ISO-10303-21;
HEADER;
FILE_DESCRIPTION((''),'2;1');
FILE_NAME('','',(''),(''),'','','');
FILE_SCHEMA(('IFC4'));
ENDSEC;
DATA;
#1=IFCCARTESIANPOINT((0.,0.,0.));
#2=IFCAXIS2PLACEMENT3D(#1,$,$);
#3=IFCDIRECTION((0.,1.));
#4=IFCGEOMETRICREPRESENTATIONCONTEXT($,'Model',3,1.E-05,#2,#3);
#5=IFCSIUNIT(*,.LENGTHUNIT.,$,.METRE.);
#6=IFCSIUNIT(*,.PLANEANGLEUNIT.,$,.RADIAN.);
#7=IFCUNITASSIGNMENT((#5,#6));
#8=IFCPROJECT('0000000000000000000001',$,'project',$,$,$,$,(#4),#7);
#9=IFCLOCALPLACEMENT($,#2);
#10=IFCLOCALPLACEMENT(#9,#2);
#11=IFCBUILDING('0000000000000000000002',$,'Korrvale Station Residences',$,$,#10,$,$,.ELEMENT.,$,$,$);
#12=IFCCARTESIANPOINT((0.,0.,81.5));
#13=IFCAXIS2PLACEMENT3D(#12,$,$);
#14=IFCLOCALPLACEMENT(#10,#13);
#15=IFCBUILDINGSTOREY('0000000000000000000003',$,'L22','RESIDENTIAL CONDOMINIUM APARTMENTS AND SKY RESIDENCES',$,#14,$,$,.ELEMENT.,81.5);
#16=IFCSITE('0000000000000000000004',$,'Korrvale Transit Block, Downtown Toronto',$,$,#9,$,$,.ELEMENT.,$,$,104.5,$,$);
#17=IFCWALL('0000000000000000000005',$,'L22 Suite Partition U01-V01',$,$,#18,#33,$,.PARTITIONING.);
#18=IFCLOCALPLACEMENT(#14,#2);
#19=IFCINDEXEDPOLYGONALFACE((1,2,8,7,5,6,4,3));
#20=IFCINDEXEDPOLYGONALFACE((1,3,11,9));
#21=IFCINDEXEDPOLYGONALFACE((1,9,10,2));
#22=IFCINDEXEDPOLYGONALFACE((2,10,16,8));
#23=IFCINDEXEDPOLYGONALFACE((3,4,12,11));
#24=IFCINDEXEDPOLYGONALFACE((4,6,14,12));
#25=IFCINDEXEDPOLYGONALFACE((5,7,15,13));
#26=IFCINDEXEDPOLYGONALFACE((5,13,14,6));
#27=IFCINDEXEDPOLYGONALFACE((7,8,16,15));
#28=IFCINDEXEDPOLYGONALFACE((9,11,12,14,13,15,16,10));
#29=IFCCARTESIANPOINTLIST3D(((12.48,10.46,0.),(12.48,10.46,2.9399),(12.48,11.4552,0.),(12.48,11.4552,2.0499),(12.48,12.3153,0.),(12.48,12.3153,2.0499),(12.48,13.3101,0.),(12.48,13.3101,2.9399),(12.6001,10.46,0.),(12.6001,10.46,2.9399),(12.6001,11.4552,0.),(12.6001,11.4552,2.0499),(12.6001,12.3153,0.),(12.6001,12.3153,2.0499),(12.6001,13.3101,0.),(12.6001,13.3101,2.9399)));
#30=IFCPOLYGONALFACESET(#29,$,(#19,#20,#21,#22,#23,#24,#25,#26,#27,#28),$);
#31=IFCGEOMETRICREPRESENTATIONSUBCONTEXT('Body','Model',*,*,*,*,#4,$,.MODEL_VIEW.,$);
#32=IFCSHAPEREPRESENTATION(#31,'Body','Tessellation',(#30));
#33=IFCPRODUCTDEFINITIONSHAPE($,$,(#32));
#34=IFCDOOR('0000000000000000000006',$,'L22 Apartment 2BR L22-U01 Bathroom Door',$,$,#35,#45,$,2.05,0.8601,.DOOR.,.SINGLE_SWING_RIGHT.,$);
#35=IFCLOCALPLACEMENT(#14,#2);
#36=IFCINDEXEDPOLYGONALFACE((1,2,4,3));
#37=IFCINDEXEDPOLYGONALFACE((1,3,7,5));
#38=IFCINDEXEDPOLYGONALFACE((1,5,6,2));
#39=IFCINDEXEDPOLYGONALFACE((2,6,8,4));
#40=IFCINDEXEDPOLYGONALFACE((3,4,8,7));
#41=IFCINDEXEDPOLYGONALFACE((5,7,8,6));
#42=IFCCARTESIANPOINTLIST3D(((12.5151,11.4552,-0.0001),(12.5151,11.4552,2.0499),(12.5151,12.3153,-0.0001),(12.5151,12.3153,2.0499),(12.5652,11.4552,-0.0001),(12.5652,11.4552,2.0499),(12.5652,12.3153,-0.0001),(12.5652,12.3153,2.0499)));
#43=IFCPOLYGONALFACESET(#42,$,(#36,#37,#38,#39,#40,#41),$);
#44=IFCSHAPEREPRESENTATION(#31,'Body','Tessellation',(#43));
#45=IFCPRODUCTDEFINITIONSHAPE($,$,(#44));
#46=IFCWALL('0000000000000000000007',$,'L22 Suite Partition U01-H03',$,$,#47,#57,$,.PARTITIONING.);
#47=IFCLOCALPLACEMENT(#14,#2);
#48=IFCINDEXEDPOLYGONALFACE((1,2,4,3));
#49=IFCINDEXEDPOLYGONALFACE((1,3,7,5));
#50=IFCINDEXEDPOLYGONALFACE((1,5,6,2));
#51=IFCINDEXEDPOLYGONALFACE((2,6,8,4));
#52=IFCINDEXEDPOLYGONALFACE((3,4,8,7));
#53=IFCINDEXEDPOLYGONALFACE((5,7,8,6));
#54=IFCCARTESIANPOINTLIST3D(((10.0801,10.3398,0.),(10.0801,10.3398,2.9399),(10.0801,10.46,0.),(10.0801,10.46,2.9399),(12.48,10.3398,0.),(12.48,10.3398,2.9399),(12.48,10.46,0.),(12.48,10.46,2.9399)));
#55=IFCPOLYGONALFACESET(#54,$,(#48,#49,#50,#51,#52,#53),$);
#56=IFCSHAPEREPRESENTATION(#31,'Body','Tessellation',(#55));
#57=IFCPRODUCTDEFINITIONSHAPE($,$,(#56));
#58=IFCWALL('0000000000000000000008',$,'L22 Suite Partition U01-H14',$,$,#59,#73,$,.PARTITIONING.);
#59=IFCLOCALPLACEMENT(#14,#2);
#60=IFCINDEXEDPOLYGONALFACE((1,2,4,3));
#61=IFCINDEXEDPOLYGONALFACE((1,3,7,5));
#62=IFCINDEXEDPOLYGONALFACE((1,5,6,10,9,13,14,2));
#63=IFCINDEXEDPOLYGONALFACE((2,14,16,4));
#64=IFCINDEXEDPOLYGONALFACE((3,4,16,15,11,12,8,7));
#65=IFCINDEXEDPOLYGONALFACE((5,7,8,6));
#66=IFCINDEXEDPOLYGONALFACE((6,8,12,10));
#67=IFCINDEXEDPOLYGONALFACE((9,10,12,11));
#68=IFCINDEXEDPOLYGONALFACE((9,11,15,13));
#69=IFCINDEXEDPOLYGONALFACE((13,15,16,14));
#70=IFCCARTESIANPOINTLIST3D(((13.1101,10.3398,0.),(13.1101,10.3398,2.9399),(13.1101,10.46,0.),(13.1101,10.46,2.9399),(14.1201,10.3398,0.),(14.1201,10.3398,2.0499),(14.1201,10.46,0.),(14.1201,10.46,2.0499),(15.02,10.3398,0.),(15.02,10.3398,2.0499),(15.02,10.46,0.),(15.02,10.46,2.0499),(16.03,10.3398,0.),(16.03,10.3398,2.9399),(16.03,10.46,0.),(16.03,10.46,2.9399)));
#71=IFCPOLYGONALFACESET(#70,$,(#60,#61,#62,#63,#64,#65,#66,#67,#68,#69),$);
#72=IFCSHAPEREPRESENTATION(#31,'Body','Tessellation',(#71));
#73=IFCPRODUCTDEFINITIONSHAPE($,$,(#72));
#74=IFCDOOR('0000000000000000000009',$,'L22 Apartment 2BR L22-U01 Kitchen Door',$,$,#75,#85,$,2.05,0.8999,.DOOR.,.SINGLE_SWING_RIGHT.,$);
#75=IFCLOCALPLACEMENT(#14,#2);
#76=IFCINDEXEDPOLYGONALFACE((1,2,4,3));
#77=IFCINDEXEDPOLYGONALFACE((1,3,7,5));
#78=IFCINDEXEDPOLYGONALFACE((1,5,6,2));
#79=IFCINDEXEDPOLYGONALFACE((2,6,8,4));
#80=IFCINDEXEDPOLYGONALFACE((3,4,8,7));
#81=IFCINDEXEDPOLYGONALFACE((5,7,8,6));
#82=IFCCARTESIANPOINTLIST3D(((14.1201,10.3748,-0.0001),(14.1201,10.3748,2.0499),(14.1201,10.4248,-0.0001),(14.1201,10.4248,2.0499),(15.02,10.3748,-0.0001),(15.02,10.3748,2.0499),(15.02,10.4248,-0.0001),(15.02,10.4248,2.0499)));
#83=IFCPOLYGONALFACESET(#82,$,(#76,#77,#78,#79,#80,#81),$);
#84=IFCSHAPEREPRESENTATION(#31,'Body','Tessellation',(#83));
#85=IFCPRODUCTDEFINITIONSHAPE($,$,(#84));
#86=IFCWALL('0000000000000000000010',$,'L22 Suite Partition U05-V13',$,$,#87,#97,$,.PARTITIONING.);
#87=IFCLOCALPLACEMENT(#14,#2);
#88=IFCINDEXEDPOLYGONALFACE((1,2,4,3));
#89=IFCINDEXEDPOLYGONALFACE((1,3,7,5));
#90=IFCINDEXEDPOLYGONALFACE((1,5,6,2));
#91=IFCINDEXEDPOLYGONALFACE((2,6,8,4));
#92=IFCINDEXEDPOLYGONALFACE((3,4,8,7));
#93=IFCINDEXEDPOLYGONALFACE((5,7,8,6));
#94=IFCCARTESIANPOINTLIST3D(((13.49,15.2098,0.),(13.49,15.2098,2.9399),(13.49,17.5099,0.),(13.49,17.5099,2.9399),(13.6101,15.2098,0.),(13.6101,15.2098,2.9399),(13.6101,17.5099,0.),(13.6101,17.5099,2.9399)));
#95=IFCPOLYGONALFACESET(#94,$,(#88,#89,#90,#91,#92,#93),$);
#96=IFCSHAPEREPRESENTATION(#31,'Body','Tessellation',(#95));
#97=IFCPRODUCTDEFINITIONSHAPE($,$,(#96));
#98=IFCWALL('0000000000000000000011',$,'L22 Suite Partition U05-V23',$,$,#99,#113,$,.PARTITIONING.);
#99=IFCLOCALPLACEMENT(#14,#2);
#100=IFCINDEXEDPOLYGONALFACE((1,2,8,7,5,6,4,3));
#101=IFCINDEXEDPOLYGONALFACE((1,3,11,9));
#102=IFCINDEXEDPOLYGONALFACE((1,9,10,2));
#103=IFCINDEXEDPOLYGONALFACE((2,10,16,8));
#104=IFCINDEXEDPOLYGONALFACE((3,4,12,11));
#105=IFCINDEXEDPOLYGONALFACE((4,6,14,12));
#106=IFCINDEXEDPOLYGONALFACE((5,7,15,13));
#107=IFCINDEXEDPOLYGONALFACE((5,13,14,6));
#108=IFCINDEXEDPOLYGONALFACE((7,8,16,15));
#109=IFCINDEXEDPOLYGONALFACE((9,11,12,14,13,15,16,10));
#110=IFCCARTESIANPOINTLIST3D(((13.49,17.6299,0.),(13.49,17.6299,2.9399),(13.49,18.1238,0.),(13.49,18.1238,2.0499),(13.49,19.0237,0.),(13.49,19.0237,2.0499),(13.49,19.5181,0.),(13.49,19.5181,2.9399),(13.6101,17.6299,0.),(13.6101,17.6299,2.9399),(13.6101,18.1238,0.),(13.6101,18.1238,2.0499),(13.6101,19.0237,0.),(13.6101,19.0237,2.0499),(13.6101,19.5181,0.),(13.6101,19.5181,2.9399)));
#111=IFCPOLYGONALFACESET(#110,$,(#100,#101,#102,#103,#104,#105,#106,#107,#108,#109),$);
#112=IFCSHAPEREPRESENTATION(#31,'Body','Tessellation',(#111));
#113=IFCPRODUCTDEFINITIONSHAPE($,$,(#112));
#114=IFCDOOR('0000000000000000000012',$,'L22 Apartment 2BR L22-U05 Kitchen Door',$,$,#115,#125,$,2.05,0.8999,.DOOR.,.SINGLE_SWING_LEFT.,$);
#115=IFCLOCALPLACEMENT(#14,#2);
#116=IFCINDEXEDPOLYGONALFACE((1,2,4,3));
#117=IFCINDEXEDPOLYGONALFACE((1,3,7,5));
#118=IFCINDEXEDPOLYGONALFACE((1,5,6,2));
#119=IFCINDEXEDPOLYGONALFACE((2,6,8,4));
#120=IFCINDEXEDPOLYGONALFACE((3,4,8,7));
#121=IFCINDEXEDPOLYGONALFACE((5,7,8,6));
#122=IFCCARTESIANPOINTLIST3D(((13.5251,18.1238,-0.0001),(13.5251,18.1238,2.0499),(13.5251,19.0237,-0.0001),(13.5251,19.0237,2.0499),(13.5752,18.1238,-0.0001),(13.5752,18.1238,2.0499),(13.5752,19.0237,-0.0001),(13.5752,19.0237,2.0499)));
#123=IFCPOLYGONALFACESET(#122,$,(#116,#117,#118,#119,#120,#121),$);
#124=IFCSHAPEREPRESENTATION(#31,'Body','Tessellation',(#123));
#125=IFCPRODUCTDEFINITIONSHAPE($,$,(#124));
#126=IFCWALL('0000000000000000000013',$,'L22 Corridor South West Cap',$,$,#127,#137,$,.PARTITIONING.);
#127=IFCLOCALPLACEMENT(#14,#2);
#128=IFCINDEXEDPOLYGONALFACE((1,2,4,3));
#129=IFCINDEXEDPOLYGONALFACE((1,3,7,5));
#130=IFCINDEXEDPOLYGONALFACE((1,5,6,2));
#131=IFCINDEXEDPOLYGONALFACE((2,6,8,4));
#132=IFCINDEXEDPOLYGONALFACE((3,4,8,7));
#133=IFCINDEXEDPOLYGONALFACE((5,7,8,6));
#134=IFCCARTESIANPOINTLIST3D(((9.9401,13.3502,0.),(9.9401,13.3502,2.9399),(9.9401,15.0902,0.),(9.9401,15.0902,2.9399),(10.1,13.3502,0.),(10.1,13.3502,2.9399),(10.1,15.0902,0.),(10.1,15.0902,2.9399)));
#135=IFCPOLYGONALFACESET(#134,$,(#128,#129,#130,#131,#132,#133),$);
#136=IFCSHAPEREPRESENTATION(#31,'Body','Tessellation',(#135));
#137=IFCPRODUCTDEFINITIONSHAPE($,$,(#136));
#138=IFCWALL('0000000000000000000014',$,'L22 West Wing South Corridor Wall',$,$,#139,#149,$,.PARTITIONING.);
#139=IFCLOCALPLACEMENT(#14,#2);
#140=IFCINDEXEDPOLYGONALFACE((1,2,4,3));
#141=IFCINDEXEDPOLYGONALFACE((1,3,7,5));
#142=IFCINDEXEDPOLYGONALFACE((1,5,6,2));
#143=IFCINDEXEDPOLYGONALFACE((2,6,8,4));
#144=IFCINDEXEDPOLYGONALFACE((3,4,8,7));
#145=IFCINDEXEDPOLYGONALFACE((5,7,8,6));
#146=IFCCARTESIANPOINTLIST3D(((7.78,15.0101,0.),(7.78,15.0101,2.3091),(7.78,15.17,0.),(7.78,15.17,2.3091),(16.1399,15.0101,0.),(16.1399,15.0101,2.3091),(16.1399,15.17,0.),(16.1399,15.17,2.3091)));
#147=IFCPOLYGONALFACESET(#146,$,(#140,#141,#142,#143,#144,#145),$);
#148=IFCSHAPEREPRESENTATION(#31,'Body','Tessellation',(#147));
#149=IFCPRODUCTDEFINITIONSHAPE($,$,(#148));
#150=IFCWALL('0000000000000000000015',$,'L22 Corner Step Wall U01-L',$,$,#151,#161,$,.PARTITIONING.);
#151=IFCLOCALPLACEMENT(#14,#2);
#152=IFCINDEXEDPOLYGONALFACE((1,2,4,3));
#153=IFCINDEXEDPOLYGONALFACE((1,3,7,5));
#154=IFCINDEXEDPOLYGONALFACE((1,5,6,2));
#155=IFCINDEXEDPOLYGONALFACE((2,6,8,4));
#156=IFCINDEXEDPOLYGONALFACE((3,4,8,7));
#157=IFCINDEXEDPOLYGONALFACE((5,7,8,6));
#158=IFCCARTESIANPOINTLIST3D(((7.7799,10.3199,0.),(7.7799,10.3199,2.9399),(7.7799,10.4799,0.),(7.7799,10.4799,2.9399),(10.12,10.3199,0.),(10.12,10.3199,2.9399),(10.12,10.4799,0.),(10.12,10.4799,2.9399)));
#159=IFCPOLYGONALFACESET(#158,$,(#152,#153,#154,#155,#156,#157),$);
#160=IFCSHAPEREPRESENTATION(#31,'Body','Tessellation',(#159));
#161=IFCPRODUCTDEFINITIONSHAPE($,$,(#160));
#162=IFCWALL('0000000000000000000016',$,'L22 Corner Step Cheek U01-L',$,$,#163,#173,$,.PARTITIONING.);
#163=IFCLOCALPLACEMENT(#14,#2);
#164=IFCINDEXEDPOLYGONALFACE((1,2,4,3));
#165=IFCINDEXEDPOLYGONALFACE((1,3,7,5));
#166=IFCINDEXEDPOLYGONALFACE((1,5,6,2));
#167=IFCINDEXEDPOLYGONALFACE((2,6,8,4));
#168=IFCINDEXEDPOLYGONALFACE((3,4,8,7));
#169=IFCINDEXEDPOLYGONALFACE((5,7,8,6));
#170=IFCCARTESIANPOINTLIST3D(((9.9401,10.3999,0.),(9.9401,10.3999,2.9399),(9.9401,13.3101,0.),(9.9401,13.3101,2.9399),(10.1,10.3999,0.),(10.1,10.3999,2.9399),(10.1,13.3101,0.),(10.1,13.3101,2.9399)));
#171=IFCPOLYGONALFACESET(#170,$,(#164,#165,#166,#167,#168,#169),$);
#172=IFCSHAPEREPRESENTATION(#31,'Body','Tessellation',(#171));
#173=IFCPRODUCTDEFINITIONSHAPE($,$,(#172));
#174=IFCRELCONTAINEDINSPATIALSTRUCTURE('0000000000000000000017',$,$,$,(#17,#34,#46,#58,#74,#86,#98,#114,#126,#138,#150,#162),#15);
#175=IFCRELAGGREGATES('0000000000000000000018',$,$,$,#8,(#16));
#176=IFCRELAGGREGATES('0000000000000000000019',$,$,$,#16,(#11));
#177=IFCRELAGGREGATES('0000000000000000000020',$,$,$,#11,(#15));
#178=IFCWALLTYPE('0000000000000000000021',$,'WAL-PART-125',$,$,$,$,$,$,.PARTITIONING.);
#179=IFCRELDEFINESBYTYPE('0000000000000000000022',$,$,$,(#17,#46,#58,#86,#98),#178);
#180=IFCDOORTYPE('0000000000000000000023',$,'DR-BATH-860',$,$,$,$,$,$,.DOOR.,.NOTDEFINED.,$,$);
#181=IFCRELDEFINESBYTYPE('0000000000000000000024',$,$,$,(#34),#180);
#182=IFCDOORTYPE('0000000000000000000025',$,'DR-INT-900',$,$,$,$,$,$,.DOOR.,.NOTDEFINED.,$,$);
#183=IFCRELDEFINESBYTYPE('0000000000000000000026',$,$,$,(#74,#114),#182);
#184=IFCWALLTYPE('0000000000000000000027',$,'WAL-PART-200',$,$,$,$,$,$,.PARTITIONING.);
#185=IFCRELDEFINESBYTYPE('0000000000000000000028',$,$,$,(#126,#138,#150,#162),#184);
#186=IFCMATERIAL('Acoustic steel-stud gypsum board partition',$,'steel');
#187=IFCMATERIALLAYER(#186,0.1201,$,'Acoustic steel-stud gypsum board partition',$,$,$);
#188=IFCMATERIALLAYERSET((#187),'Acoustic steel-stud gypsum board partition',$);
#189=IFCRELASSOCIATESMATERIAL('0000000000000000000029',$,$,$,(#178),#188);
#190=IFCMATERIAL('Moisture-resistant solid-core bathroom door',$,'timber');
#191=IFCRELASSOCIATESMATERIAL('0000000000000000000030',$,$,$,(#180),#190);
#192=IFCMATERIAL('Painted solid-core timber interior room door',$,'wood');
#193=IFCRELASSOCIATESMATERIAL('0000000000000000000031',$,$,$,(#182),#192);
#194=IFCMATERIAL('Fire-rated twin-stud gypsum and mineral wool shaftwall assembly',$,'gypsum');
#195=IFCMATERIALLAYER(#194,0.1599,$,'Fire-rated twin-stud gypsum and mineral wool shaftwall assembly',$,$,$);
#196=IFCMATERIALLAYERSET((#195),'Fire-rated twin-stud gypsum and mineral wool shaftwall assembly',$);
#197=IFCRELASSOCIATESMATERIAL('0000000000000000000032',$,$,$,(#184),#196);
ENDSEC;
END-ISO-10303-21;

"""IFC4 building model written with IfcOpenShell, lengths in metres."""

from ifc_helpers import new_model, si_unit, direction, frame, frame_2d, origin, place, context, subcontext, project, spatial, rectangle, extrude, material, layer, layer_set, type_object, element, fill, save


model = new_model("IFC4")

# Units and contexts
model_context = context("Model", 3, precision=1e-05, world=origin(), true_north=direction((0.0, 1.0)))
body_context = subcontext(model_context, "Body", "Model", "MODEL_VIEW")
ifc_project = project(units=[si_unit("LENGTHUNIT", "METRE"), si_unit("PLANEANGLEUNIT", "RADIAN")], contexts=[model_context])

# Site, building, storey
site_placement = place(None, origin())
site = spatial("IfcSite", under=ifc_project, at=site_placement, Name="Korrvale Transit Block, Downtown Toronto", CompositionType="ELEMENT", RefElevation=104.5)
building_placement = place(site_placement, origin())
building = spatial("IfcBuilding", under=site, at=building_placement, Name="Korrvale Station Residences", CompositionType="ELEMENT")
storey_placement = place(building_placement, frame((0.0, 0.0, 81.5)))
storey = spatial("IfcBuildingStorey", under=building, at=storey_placement, Name="L22", Description="RESIDENTIAL CONDOMINIUM APARTMENTS AND SKY RESIDENCES", CompositionType="ELEMENT", Elevation=81.5)

# Wall, opening, door
ifc_material_1 = material(Name="Acoustic steel-stud gypsum board partition", Category="steel")
ifc_layer_1 = layer(ifc_material_1, 0.1201, Name="Acoustic steel-stud gypsum board partition")
ifc_layer_set_1 = layer_set([ifc_layer_1], Name="Acoustic steel-stud gypsum board partition")
wall_type_1 = type_object("IfcWallType", Name="WAL-PART-125", PredefinedType="PARTITIONING", material=ifc_layer_set_1)
wall_1_placement = place(storey_placement, frame((12.54, 10.46, 0.0), z_axis=(0.0, 0.0, 1.0), x_axis=(0.0, 1.0, 0.0)))
wall_1 = element("IfcWall", 1, at=wall_1_placement, inside=storey, type_object=wall_type_1, Name="L22 Suite Partition U01-V01", PredefinedType="PARTITIONING", context=body_context, shape_type="SweptSolid", body=[
    extrude(rectangle(XDim=2.8501, YDim=0.1201, at=frame_2d((1.425, 0.0))), origin(), (0.0, 0.0, 1.0), 2.9399),
])
opening_1_placement = place(wall_1_placement, frame((0.9951, 0.0, 0.0)))
opening_1 = element("IfcOpeningElement", 2, at=opening_1_placement, cuts=wall_1, PredefinedType="OPENING", context=body_context, shape_type="SweptSolid", body=[
    extrude(rectangle(XDim=0.8601, YDim=2.05, at=frame_2d((0.4302, 1.0249))), frame((0.0, 0.0701, 0.0), z_axis=(0.0, -1.0, 0.0), x_axis=(1.0, 0.0, 0.0)), (0.0, 0.0, 1.0), 0.1401),
])
ifc_material_2 = material(Name="Moisture-resistant solid-core bathroom door", Category="timber")
door_type_1 = type_object("IfcDoorType", Name="DR-BATH-860", OperationType="NOTDEFINED", PredefinedType="DOOR", material=ifc_material_2)
door_1_placement = place(opening_1_placement, origin())
door_1 = element("IfcDoor", 3, at=door_1_placement, inside=storey, type_object=door_type_1, Name="L22 Apartment 2BR L22-U01 Bathroom Door", OperationType="SINGLE_SWING_RIGHT", OverallHeight=2.05, OverallWidth=0.8601, PredefinedType="DOOR", context=body_context, shape_type="SweptSolid", body=[
    extrude(rectangle(XDim=0.8601, YDim=2.05, at=frame_2d((0.4302, 1.0249))), frame((0.0, 0.0249, 0.0), z_axis=(0.0, -1.0, 0.0), x_axis=(1.0, 0.0, 0.0)), (0.0, 0.0, 1.0), 0.05),
])
fill(opening_1, door_1)

# Wall
wall_2_placement = place(storey_placement, frame((10.0801, 10.3999, 0.0), z_axis=(0.0, 0.0, 1.0), x_axis=(1.0, 0.0, 0.0)))
element("IfcWall", 4, at=wall_2_placement, inside=storey, type_object=wall_type_1, Name="L22 Suite Partition U01-H03", PredefinedType="PARTITIONING", context=body_context, shape_type="SweptSolid", body=[
    extrude(rectangle(XDim=2.3999, YDim=0.1201, at=frame_2d((1.2, 0.0))), origin(), (0.0, 0.0, 1.0), 2.9399),
])

# Wall, opening, door
wall_3_placement = place(storey_placement, frame((13.1101, 10.3999, 0.0), z_axis=(0.0, 0.0, 1.0), x_axis=(1.0, 0.0, 0.0)))
wall_3 = element("IfcWall", 5, at=wall_3_placement, inside=storey, type_object=wall_type_1, Name="L22 Suite Partition U01-H14", PredefinedType="PARTITIONING", context=body_context, shape_type="SweptSolid", body=[
    extrude(rectangle(XDim=2.9199, YDim=0.1201, at=frame_2d((1.46, 0.0))), origin(), (0.0, 0.0, 1.0), 2.9399),
])
opening_2_placement = place(wall_3_placement, frame((1.01, 0.0, 0.0)))
opening_2 = element("IfcOpeningElement", 6, at=opening_2_placement, cuts=wall_3, PredefinedType="OPENING", context=body_context, shape_type="SweptSolid", body=[
    extrude(rectangle(XDim=0.8999, YDim=2.05, at=frame_2d((0.45, 1.0249))), frame((0.0, 0.0701, 0.0), z_axis=(0.0, -1.0, 0.0), x_axis=(1.0, 0.0, 0.0)), (0.0, 0.0, 1.0), 0.1401),
])
ifc_material_3 = material(Name="Painted solid-core timber interior room door", Category="wood")
door_type_2 = type_object("IfcDoorType", Name="DR-INT-900", OperationType="NOTDEFINED", PredefinedType="DOOR", material=ifc_material_3)
door_2_placement = place(opening_2_placement, origin())
door_2 = element("IfcDoor", 7, at=door_2_placement, inside=storey, type_object=door_type_2, Name="L22 Apartment 2BR L22-U01 Kitchen Door", OperationType="SINGLE_SWING_RIGHT", OverallHeight=2.05, OverallWidth=0.8999, PredefinedType="DOOR", context=body_context, shape_type="SweptSolid", body=[
    extrude(rectangle(XDim=0.8999, YDim=2.05, at=frame_2d((0.45, 1.0249))), frame((0.0, 0.0249, 0.0), z_axis=(0.0, -1.0, 0.0), x_axis=(1.0, 0.0, 0.0)), (0.0, 0.0, 1.0), 0.05),
])
fill(opening_2, door_2)

# Wall
wall_4_placement = place(storey_placement, frame((13.55, 15.21, 0.0), z_axis=(0.0, 0.0, 1.0), x_axis=(0.0, 1.0, 0.0)))
element("IfcWall", 8, at=wall_4_placement, inside=storey, type_object=wall_type_1, Name="L22 Suite Partition U05-V13", PredefinedType="PARTITIONING", context=body_context, shape_type="SweptSolid", body=[
    extrude(rectangle(XDim=2.3, YDim=0.1201, at=frame_2d((1.1499, 0.0))), origin(), (0.0, 0.0, 1.0), 2.9399),
])

# Wall, opening, door
wall_5_placement = place(storey_placement, frame((13.55, 17.6299, 0.0), z_axis=(0.0, 0.0, 1.0), x_axis=(0.0, 1.0, 0.0)))
wall_5 = element("IfcWall", 9, at=wall_5_placement, inside=storey, type_object=wall_type_1, Name="L22 Suite Partition U05-V23", PredefinedType="PARTITIONING", context=body_context, shape_type="SweptSolid", body=[
    extrude(rectangle(XDim=1.8882, YDim=0.1201, at=frame_2d((0.9441, 0.0))), origin(), (0.0, 0.0, 1.0), 2.9399),
])
opening_3_placement = place(wall_5_placement, frame((0.4939, 0.0, 0.0)))
opening_3 = element("IfcOpeningElement", 10, at=opening_3_placement, cuts=wall_5, PredefinedType="OPENING", context=body_context, shape_type="SweptSolid", body=[
    extrude(rectangle(XDim=0.8999, YDim=2.05, at=frame_2d((0.45, 1.0249))), frame((0.0, 0.0701, 0.0), z_axis=(0.0, -1.0, 0.0), x_axis=(1.0, 0.0, 0.0)), (0.0, 0.0, 1.0), 0.1401),
])
door_3_placement = place(opening_3_placement, origin())
door_3 = element("IfcDoor", 11, at=door_3_placement, inside=storey, type_object=door_type_2, Name="L22 Apartment 2BR L22-U05 Kitchen Door", OperationType="SINGLE_SWING_LEFT", OverallHeight=2.05, OverallWidth=0.8999, PredefinedType="DOOR", context=body_context, shape_type="SweptSolid", body=[
    extrude(rectangle(XDim=0.8999, YDim=2.05, at=frame_2d((0.45, 1.0249))), frame((0.0, 0.0249, 0.0), z_axis=(0.0, -1.0, 0.0), x_axis=(1.0, 0.0, 0.0)), (0.0, 0.0, 1.0), 0.05),
])
fill(opening_3, door_3)

# Walls
ifc_material_4 = material(Name="Fire-rated twin-stud gypsum and mineral wool shaftwall assembly", Category="gypsum")
ifc_layer_2 = layer(ifc_material_4, 0.1599, Name="Fire-rated twin-stud gypsum and mineral wool shaftwall assembly")
ifc_layer_set_2 = layer_set([ifc_layer_2], Name="Fire-rated twin-stud gypsum and mineral wool shaftwall assembly")
wall_type_2 = type_object("IfcWallType", Name="WAL-PART-200", PredefinedType="PARTITIONING", material=ifc_layer_set_2)
wall_6_placement = place(storey_placement, frame((10.02, 13.3501, 0.0), z_axis=(0.0, 0.0, 1.0), x_axis=(0.0, 1.0, 0.0)))
element("IfcWall", 12, at=wall_6_placement, inside=storey, type_object=wall_type_2, Name="L22 Corridor South West Cap", PredefinedType="PARTITIONING", context=body_context, shape_type="SweptSolid", body=[
    extrude(rectangle(XDim=1.74, YDim=0.1599, at=frame_2d((0.8701, 0.0))), origin(), (0.0, 0.0, 1.0), 2.9399),
])
wall_7_placement = place(storey_placement, frame((7.78, 15.0901, 0.0), z_axis=(0.0, 0.0, 1.0), x_axis=(1.0, 0.0, 0.0)))
element("IfcWall", 13, at=wall_7_placement, inside=storey, type_object=wall_type_2, Name="L22 West Wing South Corridor Wall", PredefinedType="PARTITIONING", context=body_context, shape_type="SweptSolid", body=[
    extrude(rectangle(XDim=8.3599, YDim=0.1599, at=frame_2d((4.1799, 0.0))), origin(), (0.0, 0.0, 1.0), 2.3091),
])
wall_8_placement = place(storey_placement, frame((7.78, 10.3999, 0.0), z_axis=(0.0, 0.0, 1.0), x_axis=(1.0, 0.0, 0.0)))
element("IfcWall", 14, at=wall_8_placement, inside=storey, type_object=wall_type_2, Name="L22 Corner Step Wall U01-L", PredefinedType="PARTITIONING", context=body_context, shape_type="SweptSolid", body=[
    extrude(rectangle(XDim=2.3401, YDim=0.1599, at=frame_2d((1.1699, 0.0))), origin(), (0.0, 0.0, 1.0), 2.9399),
])
wall_9_placement = place(storey_placement, frame((10.02, 10.3999, 0.0), z_axis=(0.0, 0.0, 1.0), x_axis=(0.0, 1.0, 0.0)))
element("IfcWall", 15, at=wall_9_placement, inside=storey, type_object=wall_type_2, Name="L22 Corner Step Cheek U01-L", PredefinedType="PARTITIONING", context=body_context, shape_type="SweptSolid", body=[
    extrude(rectangle(XDim=2.9102, YDim=0.1599, at=frame_2d((1.4551, 0.0))), origin(), (0.0, 0.0, 1.0), 2.9399),
])

save(model, "model.ifc")
